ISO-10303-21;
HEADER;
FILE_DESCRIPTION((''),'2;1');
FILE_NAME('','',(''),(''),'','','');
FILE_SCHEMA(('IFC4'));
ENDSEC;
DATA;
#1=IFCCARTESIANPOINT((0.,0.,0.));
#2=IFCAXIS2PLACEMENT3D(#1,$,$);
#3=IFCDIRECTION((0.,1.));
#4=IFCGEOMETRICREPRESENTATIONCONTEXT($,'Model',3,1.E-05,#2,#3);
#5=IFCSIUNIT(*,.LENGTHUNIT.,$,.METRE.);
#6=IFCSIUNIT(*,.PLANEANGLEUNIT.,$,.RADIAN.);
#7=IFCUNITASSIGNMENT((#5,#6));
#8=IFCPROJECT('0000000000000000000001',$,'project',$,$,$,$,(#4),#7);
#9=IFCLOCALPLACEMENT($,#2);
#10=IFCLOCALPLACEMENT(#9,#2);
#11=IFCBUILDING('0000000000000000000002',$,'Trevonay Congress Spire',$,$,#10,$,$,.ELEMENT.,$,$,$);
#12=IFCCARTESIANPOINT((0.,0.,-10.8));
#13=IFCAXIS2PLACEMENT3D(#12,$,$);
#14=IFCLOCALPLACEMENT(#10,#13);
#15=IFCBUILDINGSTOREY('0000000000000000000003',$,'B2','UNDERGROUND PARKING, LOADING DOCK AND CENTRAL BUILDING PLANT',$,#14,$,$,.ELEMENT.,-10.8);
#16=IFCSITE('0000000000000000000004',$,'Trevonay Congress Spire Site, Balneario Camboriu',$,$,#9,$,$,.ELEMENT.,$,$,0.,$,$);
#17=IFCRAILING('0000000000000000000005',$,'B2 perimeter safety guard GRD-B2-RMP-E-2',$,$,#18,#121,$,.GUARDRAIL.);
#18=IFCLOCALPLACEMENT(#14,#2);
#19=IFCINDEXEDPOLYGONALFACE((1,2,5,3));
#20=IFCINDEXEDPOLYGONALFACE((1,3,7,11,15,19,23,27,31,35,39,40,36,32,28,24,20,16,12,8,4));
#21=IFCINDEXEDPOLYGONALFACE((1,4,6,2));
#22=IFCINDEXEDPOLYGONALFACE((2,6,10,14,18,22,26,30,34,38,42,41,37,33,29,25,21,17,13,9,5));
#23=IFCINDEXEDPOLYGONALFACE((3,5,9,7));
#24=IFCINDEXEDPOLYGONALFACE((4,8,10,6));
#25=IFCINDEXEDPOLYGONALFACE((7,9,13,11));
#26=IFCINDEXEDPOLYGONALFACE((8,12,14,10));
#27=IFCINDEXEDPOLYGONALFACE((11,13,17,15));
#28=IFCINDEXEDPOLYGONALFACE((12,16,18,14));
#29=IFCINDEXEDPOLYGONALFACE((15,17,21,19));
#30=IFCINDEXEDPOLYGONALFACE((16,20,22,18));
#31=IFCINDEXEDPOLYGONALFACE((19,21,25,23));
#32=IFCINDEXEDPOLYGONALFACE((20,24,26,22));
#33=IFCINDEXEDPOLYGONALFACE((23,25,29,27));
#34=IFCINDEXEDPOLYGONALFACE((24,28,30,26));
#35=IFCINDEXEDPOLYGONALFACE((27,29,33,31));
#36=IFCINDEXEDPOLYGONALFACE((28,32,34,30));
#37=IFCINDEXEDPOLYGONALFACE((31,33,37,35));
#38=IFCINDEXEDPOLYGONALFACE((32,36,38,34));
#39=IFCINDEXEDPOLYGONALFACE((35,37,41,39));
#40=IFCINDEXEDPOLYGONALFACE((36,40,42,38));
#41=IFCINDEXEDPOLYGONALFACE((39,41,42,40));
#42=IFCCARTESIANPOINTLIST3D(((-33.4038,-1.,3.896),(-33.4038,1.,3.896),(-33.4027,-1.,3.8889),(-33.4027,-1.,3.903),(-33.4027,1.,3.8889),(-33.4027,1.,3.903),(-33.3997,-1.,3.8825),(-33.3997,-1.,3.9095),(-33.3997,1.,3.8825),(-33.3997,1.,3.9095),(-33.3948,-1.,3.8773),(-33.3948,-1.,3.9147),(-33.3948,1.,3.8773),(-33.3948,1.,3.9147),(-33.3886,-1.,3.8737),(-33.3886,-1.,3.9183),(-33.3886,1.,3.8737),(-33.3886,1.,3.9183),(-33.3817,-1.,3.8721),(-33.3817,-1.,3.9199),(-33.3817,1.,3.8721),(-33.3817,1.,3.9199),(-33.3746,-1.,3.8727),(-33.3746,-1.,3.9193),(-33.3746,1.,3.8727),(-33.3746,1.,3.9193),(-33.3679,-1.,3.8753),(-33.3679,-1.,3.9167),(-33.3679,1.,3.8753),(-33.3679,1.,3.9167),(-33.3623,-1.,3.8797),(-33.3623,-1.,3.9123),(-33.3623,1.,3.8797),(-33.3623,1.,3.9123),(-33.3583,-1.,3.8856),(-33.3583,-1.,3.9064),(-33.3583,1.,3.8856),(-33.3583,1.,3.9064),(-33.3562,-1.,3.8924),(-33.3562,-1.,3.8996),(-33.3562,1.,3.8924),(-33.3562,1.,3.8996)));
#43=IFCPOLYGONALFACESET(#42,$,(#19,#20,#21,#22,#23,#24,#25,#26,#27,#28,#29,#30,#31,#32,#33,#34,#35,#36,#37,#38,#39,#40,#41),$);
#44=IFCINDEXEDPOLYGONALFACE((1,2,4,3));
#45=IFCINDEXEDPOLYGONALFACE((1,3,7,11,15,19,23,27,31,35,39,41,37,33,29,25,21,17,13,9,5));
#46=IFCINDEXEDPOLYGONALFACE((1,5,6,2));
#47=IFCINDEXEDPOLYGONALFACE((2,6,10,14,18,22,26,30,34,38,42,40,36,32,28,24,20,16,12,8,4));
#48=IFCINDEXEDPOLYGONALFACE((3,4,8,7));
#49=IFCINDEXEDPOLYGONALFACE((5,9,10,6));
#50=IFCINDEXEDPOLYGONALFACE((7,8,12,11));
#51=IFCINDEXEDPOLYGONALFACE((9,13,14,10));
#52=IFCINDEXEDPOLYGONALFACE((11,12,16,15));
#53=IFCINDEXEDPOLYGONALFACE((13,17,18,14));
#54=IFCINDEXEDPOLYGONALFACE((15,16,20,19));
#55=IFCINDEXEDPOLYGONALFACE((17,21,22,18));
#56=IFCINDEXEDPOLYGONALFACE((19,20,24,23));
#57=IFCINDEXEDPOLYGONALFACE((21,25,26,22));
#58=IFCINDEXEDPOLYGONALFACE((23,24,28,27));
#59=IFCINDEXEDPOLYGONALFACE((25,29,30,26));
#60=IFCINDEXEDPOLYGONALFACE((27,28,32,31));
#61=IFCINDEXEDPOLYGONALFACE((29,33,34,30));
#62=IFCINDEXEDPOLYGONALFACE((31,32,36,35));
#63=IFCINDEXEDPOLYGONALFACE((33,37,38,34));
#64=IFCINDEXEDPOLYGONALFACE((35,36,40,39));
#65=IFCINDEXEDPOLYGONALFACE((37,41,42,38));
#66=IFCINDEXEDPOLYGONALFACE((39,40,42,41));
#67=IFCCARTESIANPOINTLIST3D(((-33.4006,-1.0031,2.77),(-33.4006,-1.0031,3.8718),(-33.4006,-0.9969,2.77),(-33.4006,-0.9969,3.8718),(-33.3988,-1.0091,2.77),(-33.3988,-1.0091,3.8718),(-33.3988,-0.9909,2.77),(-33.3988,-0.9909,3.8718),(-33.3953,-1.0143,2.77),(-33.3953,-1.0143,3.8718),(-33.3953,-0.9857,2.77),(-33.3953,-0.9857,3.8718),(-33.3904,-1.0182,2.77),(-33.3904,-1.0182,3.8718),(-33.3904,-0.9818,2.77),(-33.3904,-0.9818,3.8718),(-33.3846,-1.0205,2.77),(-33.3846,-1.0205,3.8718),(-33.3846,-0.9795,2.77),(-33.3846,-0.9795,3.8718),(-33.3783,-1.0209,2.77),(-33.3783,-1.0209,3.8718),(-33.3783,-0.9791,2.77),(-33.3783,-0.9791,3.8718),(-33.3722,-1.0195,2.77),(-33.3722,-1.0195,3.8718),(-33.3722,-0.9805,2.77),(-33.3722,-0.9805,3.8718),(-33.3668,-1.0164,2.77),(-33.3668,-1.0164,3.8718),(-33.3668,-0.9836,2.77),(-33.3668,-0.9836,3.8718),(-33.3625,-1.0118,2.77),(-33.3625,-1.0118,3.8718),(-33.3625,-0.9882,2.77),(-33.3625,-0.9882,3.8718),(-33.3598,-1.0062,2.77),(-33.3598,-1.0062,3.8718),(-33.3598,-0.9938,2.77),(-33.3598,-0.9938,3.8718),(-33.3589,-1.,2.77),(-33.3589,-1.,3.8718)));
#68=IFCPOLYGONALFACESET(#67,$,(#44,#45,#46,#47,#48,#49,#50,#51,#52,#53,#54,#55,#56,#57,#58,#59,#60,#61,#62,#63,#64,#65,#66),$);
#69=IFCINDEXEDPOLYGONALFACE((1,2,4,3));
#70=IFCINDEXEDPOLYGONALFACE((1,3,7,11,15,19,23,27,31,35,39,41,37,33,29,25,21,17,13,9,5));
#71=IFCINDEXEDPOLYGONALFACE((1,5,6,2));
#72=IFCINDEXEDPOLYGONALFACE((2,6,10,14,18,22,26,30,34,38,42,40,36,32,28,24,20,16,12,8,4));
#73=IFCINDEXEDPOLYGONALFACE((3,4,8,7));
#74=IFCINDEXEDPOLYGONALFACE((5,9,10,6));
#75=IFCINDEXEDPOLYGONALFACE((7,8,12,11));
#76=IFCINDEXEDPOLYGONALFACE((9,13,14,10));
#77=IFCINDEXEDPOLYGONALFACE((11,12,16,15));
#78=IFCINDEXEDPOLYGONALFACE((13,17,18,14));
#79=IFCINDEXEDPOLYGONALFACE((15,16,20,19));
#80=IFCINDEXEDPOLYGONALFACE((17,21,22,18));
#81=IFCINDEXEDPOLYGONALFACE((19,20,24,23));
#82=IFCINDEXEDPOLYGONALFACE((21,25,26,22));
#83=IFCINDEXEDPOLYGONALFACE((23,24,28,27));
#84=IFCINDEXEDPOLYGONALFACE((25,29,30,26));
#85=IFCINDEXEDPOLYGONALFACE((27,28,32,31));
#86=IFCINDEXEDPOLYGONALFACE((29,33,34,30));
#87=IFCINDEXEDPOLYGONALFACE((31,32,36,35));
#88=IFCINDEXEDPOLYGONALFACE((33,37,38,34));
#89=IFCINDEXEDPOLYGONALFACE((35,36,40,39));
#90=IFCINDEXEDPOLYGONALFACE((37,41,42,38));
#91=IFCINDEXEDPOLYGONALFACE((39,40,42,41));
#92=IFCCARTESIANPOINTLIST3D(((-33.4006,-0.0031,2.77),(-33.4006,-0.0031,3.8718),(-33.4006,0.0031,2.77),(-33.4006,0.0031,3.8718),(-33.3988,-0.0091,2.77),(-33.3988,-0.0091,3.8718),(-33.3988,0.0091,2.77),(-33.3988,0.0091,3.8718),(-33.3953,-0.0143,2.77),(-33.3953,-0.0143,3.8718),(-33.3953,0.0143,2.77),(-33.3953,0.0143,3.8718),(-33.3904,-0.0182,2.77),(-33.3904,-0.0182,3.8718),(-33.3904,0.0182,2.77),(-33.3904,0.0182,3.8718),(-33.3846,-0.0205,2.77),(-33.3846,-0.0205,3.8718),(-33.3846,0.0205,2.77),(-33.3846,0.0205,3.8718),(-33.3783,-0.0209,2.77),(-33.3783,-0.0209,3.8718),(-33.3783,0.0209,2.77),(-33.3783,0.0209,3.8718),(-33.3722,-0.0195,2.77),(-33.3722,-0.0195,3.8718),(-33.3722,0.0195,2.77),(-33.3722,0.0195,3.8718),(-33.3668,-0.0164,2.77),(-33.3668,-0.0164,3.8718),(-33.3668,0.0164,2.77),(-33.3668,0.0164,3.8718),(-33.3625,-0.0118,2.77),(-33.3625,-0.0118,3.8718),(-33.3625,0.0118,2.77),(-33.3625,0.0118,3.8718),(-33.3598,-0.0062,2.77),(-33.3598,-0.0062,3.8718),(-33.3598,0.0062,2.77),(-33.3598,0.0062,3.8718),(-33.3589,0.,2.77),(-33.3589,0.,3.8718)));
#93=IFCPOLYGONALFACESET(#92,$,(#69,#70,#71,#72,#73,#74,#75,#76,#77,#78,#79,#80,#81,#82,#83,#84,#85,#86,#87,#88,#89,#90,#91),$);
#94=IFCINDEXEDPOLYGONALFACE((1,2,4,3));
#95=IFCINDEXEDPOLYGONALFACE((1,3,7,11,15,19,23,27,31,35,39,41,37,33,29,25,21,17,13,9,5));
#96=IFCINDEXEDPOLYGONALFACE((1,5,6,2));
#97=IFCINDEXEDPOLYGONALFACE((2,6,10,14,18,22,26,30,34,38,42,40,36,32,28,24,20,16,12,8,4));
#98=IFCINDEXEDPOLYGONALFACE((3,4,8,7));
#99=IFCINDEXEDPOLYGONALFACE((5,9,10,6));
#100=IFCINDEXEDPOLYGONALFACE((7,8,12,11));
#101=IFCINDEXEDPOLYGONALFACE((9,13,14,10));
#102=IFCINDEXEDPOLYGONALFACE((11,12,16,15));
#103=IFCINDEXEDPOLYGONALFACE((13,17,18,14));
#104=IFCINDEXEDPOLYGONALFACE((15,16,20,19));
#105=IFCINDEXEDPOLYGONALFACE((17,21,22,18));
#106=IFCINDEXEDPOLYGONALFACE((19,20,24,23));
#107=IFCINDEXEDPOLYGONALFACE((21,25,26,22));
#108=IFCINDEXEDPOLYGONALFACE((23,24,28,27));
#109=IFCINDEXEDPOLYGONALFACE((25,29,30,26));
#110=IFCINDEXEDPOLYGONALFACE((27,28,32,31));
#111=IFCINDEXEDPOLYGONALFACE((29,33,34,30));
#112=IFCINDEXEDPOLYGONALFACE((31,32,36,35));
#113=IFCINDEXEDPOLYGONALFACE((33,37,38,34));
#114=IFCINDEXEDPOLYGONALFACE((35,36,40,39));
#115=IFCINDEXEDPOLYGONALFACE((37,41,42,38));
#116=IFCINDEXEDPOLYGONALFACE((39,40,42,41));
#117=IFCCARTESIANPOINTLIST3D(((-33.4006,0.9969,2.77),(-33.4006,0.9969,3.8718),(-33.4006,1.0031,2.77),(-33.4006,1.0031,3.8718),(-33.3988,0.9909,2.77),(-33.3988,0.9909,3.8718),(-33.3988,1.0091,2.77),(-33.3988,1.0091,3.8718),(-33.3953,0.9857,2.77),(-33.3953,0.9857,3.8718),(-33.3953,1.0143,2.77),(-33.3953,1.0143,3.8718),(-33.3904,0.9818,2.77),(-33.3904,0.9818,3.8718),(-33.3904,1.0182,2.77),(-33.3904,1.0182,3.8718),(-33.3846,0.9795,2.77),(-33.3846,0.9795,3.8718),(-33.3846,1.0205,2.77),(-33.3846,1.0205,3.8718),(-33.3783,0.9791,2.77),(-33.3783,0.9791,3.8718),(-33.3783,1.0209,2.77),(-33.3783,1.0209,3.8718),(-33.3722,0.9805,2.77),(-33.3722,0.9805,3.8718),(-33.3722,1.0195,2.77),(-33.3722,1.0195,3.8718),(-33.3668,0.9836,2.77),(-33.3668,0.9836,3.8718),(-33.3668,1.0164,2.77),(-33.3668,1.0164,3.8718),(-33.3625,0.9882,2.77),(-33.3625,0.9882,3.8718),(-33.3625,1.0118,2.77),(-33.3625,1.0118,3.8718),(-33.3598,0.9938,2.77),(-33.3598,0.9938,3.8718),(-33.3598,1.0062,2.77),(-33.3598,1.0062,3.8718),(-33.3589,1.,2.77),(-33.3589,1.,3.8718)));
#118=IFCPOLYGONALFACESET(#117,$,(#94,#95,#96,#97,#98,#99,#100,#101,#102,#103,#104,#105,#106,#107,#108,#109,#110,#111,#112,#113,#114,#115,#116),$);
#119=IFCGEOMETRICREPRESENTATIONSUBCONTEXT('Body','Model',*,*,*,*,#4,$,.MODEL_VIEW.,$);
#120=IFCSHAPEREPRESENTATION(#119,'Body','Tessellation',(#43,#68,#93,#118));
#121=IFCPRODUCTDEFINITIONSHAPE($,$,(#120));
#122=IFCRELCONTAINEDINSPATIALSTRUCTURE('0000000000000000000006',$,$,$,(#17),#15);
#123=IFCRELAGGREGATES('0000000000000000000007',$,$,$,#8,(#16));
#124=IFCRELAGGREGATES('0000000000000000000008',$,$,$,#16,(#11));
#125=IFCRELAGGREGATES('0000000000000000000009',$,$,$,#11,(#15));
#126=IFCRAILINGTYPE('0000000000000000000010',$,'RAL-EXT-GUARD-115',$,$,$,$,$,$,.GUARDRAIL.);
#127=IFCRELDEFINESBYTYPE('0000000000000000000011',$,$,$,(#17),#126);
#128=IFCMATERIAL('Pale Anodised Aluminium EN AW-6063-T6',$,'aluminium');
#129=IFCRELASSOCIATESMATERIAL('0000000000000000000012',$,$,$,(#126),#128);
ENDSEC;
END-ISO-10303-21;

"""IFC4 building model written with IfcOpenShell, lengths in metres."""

from ifc_helpers import new_model, si_unit, direction, frame, origin, origin_2d, place, context, subcontext, project, spatial, circle, extrude, material, type_object, element, save


model = new_model("IFC4")

# Units and contexts
model_context = context("Model", 3, precision=1e-05, world=origin(), true_north=direction((0.0, 1.0)))
body_context = subcontext(model_context, "Body", "Model", "MODEL_VIEW")
ifc_project = project(units=[si_unit("LENGTHUNIT", "METRE"), si_unit("PLANEANGLEUNIT", "RADIAN")], contexts=[model_context])

# Site, building, storey
site_placement = place(None, origin())
site = spatial("IfcSite", under=ifc_project, at=site_placement, Name="Trevonay Congress Spire Site, Balneario Camboriu", CompositionType="ELEMENT", RefElevation=0.0)
building_placement = place(site_placement, origin())
building = spatial("IfcBuilding", under=site, at=building_placement, Name="Trevonay Congress Spire", CompositionType="ELEMENT")
storey_placement = place(building_placement, frame((0.0, 0.0, -10.8)))
storey = spatial("IfcBuildingStorey", under=building, at=storey_placement, Name="B2", Description="UNDERGROUND PARKING, LOADING DOCK AND CENTRAL BUILDING PLANT", CompositionType="ELEMENT", Elevation=-10.8)

# Railing
ifc_material_1 = material(Name="Pale Anodised Aluminium EN AW-6063-T6", Category="aluminium")
railing_type = type_object("IfcRailingType", Name="RAL-EXT-GUARD-115", PredefinedType="GUARDRAIL", material=ifc_material_1)
for number, where, name in (
    (1, (-33.3799, -1.0, 2.77), "B2 perimeter safety guard GRD-B2-RMP-E-2"),
):
    element("IfcRailing", number, at=place(storey_placement, frame(where)), inside=storey, type_object=railing_type, Name=name, PredefinedType="GUARDRAIL", context=body_context, shape_type="SweptSolid", body=[
        extrude(circle(Radius=0.0239, at=origin_2d()), frame((0.0, 0.0, 1.126), z_axis=(0.0, 1.0, 0.0), x_axis=(-1.0, 0.0, 0.0)), (0.0, 0.0, 1.0), 2.0),
        extrude(circle(Radius=0.021, at=origin_2d()), origin(), (0.0, 0.0, 1.0), 1.1018),
        extrude(circle(Radius=0.021, at=origin_2d()), frame((0.0, 1.0, 0.0)), (0.0, 0.0, 1.0), 1.1018),
        extrude(circle(Radius=0.021, at=origin_2d()), frame((0.0, 2.0, 0.0)), (0.0, 0.0, 1.0), 1.1018),
    ])

save(model, "model.ifc")
